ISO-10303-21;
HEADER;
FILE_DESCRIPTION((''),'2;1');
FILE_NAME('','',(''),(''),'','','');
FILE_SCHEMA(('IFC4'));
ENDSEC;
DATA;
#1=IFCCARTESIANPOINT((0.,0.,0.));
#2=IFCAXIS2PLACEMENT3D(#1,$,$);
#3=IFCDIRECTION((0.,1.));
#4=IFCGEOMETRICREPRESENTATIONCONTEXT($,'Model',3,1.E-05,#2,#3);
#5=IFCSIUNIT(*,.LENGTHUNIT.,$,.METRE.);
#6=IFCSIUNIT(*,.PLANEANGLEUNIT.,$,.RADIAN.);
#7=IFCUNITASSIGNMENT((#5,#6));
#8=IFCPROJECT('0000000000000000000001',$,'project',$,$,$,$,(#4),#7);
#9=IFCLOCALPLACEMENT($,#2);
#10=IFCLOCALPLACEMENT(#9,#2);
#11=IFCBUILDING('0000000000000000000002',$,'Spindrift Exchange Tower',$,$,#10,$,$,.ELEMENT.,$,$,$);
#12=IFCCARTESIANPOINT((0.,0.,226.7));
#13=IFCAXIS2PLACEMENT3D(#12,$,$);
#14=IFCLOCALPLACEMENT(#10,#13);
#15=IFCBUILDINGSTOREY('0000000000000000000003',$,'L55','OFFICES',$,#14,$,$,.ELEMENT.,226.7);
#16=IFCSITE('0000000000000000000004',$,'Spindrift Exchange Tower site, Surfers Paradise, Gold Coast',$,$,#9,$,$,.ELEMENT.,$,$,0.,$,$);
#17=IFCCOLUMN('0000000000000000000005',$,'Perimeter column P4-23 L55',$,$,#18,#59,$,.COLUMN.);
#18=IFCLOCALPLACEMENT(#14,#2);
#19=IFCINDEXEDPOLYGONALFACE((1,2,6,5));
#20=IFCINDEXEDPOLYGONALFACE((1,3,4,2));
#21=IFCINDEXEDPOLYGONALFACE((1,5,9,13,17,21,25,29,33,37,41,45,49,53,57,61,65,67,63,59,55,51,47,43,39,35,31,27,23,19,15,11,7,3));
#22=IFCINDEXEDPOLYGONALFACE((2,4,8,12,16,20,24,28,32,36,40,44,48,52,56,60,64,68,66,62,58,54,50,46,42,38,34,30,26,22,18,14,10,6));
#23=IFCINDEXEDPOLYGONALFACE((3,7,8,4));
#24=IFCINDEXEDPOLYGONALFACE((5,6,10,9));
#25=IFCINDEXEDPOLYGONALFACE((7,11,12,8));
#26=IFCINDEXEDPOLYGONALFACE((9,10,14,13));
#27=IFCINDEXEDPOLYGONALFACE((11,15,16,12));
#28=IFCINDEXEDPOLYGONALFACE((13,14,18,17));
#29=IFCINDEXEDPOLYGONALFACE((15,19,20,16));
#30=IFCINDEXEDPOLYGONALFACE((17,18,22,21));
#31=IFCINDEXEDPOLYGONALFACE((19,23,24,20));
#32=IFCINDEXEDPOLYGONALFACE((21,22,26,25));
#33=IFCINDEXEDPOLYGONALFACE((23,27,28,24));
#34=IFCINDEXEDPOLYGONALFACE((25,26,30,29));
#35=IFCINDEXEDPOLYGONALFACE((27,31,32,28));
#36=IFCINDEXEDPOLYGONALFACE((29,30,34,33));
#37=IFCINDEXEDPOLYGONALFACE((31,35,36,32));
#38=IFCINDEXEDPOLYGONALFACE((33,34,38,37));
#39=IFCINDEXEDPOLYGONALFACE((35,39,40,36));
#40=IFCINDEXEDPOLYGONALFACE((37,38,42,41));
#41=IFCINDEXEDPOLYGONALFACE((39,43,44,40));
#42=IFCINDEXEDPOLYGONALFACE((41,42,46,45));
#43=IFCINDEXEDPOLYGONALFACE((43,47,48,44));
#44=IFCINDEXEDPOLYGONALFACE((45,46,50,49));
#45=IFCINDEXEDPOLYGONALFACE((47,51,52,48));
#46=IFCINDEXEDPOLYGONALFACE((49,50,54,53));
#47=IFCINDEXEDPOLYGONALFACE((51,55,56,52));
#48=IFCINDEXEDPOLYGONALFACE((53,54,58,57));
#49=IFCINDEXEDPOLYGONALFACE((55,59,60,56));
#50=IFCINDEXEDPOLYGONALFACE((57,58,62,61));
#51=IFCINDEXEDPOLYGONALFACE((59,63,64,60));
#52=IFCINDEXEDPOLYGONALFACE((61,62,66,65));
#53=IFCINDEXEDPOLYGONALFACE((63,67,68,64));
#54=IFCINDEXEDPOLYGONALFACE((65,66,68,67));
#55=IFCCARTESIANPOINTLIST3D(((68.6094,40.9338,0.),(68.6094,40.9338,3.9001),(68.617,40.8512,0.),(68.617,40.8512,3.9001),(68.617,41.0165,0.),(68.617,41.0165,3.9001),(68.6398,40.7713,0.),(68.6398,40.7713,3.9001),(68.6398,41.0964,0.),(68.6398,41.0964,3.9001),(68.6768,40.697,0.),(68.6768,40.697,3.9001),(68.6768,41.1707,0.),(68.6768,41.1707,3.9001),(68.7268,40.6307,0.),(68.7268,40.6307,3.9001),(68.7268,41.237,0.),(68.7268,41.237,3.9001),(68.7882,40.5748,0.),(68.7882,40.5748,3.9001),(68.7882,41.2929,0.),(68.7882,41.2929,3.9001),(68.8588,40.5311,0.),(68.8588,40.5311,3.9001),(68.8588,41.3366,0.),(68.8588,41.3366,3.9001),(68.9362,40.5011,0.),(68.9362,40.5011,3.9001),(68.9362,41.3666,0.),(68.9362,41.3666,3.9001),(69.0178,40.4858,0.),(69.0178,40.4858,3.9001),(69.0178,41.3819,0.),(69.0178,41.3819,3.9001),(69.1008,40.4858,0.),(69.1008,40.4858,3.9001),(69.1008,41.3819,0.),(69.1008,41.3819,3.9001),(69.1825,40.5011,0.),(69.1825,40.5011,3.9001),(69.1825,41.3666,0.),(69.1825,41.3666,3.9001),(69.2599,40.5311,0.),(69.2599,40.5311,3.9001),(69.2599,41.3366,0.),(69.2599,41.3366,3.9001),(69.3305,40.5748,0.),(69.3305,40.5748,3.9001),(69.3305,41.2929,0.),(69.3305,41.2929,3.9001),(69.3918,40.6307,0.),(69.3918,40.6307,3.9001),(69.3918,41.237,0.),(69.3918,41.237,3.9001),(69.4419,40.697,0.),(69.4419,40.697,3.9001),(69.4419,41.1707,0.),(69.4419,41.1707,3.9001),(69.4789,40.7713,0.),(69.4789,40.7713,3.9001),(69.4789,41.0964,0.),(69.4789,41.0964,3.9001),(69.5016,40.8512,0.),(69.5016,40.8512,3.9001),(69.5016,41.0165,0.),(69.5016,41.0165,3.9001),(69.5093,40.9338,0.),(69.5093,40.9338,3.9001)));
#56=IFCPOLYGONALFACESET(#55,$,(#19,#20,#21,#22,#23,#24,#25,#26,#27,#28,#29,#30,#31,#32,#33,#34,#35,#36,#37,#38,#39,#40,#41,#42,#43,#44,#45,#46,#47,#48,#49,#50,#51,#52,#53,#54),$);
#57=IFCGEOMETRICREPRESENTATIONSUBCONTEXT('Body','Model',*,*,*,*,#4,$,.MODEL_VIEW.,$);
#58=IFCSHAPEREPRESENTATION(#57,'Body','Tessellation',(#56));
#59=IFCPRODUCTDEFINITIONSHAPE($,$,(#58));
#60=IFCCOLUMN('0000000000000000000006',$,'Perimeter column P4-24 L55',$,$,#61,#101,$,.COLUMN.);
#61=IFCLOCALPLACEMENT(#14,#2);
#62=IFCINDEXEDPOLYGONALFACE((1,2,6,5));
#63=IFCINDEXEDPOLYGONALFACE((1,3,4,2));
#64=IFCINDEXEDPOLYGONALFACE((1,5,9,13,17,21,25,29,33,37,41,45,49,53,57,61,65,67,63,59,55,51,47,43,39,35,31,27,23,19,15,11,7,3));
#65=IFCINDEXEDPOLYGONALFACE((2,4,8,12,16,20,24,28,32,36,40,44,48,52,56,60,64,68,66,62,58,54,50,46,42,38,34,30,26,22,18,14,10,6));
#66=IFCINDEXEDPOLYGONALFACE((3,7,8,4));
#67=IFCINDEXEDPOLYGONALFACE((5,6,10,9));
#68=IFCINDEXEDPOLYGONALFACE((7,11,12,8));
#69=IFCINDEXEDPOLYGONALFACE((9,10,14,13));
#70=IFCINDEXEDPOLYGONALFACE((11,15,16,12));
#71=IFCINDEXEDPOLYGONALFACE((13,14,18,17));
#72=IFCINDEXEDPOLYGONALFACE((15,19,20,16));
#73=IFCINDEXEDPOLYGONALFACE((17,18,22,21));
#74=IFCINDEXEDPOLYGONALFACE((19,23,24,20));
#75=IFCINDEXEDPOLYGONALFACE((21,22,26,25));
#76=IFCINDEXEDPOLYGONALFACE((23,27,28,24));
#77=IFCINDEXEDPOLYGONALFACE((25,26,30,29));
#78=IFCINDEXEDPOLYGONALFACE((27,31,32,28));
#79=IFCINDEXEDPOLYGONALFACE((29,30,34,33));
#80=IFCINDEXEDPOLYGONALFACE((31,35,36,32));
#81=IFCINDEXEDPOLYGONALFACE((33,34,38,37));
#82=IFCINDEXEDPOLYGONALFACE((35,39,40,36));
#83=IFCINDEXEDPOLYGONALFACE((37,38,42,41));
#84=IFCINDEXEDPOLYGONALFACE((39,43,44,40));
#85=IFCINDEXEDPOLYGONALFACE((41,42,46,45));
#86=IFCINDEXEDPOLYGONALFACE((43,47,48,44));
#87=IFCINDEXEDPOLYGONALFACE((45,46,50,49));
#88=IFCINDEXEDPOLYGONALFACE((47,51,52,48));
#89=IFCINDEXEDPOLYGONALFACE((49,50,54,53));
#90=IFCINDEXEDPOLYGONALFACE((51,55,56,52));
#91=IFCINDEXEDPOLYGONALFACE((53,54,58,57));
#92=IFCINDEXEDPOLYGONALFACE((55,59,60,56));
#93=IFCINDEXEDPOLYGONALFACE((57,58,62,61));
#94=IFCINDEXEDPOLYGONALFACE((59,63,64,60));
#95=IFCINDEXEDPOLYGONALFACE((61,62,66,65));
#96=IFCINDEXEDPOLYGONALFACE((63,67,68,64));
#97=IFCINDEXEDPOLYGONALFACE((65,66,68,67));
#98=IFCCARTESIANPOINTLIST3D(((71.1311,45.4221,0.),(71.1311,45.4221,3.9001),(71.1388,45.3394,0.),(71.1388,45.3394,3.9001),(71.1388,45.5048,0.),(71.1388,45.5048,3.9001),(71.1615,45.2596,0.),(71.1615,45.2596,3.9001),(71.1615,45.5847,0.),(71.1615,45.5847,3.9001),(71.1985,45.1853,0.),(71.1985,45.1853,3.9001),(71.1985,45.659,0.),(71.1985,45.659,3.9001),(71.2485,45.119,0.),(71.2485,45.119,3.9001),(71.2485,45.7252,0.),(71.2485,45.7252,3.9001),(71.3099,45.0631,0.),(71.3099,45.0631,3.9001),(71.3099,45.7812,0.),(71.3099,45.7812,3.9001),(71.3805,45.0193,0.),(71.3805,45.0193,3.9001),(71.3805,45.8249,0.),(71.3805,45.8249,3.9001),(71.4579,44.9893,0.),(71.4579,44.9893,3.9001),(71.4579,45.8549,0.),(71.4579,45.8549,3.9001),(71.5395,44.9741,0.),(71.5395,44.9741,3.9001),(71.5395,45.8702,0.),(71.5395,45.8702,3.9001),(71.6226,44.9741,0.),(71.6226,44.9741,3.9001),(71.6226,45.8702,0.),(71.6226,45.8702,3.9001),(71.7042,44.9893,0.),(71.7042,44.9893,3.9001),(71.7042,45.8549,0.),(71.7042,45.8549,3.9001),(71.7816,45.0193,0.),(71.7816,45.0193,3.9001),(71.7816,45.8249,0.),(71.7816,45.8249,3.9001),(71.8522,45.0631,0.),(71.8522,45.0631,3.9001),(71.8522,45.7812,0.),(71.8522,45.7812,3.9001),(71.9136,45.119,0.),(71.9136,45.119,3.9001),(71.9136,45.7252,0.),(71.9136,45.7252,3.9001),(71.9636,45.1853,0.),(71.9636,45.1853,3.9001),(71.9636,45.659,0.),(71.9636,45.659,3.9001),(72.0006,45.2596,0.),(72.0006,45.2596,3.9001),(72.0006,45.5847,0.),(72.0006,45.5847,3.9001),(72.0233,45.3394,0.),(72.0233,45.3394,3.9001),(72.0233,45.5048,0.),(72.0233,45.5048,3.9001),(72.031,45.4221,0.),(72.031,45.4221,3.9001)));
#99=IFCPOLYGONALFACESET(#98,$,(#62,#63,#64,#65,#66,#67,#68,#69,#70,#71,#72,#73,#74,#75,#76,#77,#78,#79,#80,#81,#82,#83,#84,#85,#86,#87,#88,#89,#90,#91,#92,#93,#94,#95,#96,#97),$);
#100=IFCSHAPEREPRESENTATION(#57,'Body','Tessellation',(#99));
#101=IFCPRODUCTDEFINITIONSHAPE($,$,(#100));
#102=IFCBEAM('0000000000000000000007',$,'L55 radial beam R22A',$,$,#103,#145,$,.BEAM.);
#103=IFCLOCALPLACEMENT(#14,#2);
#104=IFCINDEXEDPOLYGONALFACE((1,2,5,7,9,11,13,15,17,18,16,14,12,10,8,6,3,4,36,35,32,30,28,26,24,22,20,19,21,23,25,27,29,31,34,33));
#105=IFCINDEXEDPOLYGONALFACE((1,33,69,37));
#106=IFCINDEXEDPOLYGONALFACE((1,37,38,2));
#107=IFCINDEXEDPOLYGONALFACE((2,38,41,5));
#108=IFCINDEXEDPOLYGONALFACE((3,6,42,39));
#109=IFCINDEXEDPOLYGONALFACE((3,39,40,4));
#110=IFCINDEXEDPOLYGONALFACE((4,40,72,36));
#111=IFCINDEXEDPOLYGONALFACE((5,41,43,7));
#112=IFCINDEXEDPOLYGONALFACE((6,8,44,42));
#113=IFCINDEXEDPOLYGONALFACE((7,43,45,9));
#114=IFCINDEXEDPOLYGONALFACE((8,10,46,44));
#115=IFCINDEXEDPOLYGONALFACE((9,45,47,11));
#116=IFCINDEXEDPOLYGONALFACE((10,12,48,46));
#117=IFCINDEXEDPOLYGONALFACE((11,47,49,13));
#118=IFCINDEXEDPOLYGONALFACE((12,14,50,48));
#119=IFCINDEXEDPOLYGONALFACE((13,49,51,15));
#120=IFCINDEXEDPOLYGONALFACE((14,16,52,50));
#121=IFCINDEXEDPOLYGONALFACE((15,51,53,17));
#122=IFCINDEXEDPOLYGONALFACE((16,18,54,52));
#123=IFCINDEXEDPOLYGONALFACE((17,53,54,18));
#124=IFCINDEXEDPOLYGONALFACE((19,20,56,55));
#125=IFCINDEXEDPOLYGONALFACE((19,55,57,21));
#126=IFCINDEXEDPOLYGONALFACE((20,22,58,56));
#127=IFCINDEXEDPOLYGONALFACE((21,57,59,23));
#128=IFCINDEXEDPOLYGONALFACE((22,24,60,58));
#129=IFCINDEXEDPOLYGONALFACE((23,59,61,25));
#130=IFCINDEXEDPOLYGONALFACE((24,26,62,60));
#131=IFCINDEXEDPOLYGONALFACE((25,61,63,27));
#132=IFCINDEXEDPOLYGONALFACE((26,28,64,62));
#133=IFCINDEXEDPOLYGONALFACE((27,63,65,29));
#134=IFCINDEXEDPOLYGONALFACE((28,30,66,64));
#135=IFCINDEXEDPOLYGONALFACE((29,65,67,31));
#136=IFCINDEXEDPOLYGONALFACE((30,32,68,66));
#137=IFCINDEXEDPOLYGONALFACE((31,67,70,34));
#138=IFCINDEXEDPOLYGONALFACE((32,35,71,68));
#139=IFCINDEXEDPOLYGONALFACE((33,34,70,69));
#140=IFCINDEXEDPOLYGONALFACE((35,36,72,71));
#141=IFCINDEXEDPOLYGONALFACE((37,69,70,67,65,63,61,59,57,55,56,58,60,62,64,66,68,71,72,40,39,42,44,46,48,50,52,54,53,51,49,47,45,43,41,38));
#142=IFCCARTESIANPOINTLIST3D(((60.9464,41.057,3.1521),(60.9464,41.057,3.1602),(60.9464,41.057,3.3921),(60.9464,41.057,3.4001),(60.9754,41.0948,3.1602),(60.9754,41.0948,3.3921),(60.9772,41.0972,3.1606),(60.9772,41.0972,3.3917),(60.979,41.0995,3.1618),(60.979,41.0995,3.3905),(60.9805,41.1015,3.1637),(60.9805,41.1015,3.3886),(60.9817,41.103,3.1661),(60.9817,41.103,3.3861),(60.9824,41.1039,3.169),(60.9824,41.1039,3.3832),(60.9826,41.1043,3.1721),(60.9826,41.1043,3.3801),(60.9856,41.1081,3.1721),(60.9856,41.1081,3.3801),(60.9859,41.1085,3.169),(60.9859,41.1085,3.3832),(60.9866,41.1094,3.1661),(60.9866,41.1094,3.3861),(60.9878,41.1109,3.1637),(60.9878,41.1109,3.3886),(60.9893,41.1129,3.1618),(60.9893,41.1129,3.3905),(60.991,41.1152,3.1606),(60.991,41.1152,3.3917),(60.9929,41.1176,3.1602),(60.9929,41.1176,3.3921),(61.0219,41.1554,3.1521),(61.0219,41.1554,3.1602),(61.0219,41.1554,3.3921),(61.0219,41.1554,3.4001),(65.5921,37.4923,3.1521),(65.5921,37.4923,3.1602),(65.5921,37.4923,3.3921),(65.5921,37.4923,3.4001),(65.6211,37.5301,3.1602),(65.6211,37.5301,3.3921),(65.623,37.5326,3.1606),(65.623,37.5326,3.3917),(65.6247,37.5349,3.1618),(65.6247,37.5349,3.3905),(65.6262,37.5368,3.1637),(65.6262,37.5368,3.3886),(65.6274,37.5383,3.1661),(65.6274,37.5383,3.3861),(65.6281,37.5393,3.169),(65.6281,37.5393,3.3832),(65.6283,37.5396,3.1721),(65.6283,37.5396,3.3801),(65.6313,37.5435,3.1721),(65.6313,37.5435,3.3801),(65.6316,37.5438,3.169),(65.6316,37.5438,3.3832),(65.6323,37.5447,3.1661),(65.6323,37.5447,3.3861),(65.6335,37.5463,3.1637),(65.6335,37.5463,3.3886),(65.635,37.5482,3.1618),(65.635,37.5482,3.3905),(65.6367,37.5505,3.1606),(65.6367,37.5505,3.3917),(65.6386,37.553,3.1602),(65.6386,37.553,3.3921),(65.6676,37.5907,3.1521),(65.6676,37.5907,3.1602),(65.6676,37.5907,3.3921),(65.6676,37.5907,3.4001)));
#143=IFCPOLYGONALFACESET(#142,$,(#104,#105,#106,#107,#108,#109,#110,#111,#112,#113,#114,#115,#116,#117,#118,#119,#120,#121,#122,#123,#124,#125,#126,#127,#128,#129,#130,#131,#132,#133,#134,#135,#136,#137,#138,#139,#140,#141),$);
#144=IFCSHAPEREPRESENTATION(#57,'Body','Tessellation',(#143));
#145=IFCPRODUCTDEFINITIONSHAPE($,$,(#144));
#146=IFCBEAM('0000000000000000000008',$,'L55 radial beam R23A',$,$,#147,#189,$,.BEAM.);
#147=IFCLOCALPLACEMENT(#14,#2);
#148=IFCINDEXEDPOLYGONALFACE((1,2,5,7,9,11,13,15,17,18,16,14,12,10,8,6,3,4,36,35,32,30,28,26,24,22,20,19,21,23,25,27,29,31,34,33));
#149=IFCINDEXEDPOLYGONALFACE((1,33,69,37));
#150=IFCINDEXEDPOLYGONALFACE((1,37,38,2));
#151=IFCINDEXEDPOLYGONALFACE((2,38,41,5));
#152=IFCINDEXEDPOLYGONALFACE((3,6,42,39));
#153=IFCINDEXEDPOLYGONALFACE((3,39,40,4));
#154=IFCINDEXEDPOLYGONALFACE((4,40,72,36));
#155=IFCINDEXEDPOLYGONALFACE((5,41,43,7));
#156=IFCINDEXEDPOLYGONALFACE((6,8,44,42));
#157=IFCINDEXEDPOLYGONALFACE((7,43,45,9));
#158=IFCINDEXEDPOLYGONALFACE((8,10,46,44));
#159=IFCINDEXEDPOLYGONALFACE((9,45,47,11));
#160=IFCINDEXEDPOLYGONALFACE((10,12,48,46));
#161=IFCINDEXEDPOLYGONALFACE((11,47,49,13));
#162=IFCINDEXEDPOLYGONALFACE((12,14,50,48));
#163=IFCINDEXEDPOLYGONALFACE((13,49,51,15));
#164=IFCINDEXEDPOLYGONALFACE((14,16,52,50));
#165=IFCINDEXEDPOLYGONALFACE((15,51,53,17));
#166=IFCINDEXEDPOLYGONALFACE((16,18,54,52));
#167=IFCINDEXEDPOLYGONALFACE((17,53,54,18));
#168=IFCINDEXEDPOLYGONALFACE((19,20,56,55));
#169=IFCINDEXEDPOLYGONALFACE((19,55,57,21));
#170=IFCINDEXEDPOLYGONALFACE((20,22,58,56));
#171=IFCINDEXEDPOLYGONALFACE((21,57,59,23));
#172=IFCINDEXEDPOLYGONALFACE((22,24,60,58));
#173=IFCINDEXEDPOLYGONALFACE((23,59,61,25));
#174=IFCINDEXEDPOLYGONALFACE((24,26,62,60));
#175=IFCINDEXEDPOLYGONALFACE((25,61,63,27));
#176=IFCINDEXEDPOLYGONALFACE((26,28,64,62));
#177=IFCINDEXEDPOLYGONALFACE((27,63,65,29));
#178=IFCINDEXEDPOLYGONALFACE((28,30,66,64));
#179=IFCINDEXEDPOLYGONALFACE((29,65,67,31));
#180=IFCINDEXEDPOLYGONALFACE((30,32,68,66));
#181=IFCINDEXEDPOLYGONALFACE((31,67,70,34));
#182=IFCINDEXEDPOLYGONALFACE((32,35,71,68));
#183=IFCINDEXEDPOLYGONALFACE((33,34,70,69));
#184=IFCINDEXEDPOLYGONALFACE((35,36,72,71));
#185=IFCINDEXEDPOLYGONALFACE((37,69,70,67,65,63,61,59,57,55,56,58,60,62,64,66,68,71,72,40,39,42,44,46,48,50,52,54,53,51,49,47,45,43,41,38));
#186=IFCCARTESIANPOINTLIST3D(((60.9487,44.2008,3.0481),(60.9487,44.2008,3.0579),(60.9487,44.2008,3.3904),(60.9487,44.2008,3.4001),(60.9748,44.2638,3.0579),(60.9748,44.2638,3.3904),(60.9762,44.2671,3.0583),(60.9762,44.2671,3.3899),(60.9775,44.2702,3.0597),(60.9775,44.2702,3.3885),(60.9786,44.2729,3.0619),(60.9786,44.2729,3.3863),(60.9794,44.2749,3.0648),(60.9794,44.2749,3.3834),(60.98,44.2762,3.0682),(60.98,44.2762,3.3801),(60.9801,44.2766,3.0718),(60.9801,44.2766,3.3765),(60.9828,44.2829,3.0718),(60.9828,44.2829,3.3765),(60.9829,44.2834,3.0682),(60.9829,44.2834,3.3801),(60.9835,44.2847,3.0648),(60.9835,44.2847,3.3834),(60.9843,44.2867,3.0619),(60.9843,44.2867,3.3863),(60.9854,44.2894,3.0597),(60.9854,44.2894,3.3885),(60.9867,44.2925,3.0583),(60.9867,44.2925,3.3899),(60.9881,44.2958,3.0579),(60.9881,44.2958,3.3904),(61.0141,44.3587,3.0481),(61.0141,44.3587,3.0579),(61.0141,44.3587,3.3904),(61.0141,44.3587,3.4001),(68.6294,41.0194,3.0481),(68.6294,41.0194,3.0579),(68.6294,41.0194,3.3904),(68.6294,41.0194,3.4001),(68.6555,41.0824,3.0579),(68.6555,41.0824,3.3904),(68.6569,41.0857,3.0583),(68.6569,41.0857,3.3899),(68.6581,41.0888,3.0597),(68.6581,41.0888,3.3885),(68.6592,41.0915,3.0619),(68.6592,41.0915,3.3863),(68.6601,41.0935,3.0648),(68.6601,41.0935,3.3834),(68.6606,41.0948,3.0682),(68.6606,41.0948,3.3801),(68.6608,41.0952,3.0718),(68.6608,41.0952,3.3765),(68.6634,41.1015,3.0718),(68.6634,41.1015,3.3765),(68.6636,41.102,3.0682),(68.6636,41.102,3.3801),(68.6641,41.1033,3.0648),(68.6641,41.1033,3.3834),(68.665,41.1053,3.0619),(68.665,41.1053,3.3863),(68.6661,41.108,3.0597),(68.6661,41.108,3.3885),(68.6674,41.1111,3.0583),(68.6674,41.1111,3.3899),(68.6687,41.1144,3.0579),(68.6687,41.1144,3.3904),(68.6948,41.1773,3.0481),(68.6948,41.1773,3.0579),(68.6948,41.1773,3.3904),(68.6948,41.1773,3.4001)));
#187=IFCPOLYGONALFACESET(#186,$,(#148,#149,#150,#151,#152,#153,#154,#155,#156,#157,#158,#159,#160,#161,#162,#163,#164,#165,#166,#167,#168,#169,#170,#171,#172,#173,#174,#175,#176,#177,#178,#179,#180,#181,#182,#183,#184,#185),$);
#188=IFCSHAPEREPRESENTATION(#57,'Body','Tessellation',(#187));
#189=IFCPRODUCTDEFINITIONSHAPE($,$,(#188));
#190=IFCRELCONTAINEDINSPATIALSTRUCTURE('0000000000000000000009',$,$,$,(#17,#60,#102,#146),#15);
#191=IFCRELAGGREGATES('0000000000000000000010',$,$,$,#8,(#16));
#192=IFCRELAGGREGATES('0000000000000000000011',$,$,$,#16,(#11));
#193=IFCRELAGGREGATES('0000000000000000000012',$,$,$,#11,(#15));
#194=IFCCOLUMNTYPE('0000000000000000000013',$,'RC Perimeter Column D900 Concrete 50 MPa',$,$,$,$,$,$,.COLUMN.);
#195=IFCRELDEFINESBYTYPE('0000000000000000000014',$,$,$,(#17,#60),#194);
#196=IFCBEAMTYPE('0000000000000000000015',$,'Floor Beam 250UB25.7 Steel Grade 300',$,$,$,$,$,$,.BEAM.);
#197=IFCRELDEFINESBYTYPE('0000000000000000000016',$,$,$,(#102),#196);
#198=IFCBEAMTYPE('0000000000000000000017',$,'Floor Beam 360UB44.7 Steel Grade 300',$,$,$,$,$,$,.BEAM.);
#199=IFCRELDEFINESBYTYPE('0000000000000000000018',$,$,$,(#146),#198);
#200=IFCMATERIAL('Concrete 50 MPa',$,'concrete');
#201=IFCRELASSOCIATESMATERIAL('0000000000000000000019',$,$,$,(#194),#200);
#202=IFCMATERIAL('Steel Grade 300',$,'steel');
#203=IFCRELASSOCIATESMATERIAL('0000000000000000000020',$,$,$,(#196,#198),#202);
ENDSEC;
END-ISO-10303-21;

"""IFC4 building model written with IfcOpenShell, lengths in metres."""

from ifc_helpers import new_model, si_unit, direction, frame, origin, origin_2d, place, context, subcontext, project, spatial, circle, i_section, extrude, source, transform, mapped, material, material_profile, profile_set, type_object, element, save


model = new_model("IFC4")

# Units and contexts
model_context = context("Model", 3, precision=1e-05, world=origin(), true_north=direction((0.0, 1.0)))
body_context = subcontext(model_context, "Body", "Model", "MODEL_VIEW")
ifc_project = project(units=[si_unit("LENGTHUNIT", "METRE"), si_unit("PLANEANGLEUNIT", "RADIAN")], contexts=[model_context])

# Site, building, storey
site_placement = place(None, origin())
site = spatial("IfcSite", under=ifc_project, at=site_placement, Name="Spindrift Exchange Tower site, Surfers Paradise, Gold Coast", CompositionType="ELEMENT", RefElevation=0.0)
building_placement = place(site_placement, origin())
building = spatial("IfcBuilding", under=site, at=building_placement, Name="Spindrift Exchange Tower", CompositionType="ELEMENT")
storey_placement = place(building_placement, frame((0.0, 0.0, 226.7)))
storey = spatial("IfcBuildingStorey", under=building, at=storey_placement, Name="L55", Description="OFFICES", CompositionType="ELEMENT", Elevation=226.7)

# Columns
ifc_material_1 = material(Name="Concrete 50 MPa", Category="concrete")
ifc_material_profile_1 = material_profile(ifc_material_1, circle(Radius=0.45, at=origin_2d()), Name="RC D900")
ifc_profile_set_1 = profile_set([ifc_material_profile_1], Name="Concrete 50 MPa")
column_type = type_object("IfcColumnType", Name="RC Perimeter Column D900 Concrete 50 MPa", PredefinedType="COLUMN", material=ifc_profile_set_1)
shared_shape_1 = source(origin(), body_context, "Body", "SweptSolid", [
    extrude(circle(Radius=0.45, at=origin_2d()), origin(), (0.0, 0.0, 1.0), 3.9001),
])
for number, where, z_axis, x_axis, name in (
    (1, (69.0593, 40.9338, 0.0), (0.0, 0.0, 1.0), (1.0, 0.0, 0.0), "Perimeter column P4-23 L55"),
    (2, (71.5811, 45.4221, 0.0), (0.0, 0.0, 1.0), (1.0, 0.0, 0.0), "Perimeter column P4-24 L55"),
):
    element("IfcColumn", number, at=place(storey_placement, frame(where, z_axis=z_axis, x_axis=x_axis)), inside=storey, type_object=column_type, Name=name, PredefinedType="COLUMN", context=body_context, shape_type="MappedRepresentation", body=[
        mapped(shared_shape_1, transform((0.0, 0.0, 0.0), scale=1.0)),
    ])

# Beams
ifc_material_2 = material(Name="Steel Grade 300", Category="steel")
ifc_material_profile_2 = material_profile(ifc_material_2, i_section(OverallWidth=0.124, OverallDepth=0.248, WebThickness=0.0049, FlangeThickness=0.0081, FilletRadius=0.012, at=origin_2d()), Name="250UB25.7")
ifc_profile_set_2 = profile_set([ifc_material_profile_2], Name="Steel Grade 300")
beam_type_1 = type_object("IfcBeamType", Name="Floor Beam 250UB25.7 Steel Grade 300", PredefinedType="BEAM", material=ifc_profile_set_2)
shared_shape_2 = source(origin(), body_context, "Body", "SweptSolid", [
    extrude(i_section(OverallWidth=0.124, OverallDepth=0.248, WebThickness=0.0049, FlangeThickness=0.0081, FilletRadius=0.012, at=origin_2d()), origin(), (0.0, 0.0, 1.0), 5.8557),
])
beam_1_placement = place(storey_placement, frame((60.9841, 41.1062, 3.2761), z_axis=(0.793363, -0.608749, 0.0), x_axis=(0.608749, 0.793363, 0.0)))
element("IfcBeam", 3, at=beam_1_placement, inside=storey, type_object=beam_type_1, Name="L55 radial beam R22A", PredefinedType="BEAM", context=body_context, shape_type="MappedRepresentation", body=[
    mapped(shared_shape_2, transform((0.0, 0.0, 0.0), scale=1.0)),
])
ifc_material_profile_3 = material_profile(ifc_material_2, i_section(OverallWidth=0.1709, OverallDepth=0.3521, WebThickness=0.0068, FlangeThickness=0.0098, FilletRadius=0.0139, at=origin_2d()), Name="360UB44.7")
ifc_profile_set_3 = profile_set([ifc_material_profile_3], Name="Steel Grade 300")
beam_type_2 = type_object("IfcBeamType", Name="Floor Beam 360UB44.7 Steel Grade 300", PredefinedType="BEAM", material=ifc_profile_set_3)
shared_shape_3 = source(origin(), body_context, "Body", "SweptSolid", [
    extrude(i_section(OverallWidth=0.1709, OverallDepth=0.3521, WebThickness=0.0068, FlangeThickness=0.0098, FilletRadius=0.0139, at=origin_2d()), origin(), (0.0, 0.0, 1.0), 8.3135),
])
beam_2_placement = place(storey_placement, frame((60.9814, 44.2798, 3.2241), z_axis=(0.923881, -0.382679, 0.0), x_axis=(0.382679, 0.923881, 0.0)))
element("IfcBeam", 4, at=beam_2_placement, inside=storey, type_object=beam_type_2, Name="L55 radial beam R23A", PredefinedType="BEAM", context=body_context, shape_type="MappedRepresentation", body=[
    mapped(shared_shape_3, transform((0.0, 0.0, 0.0), scale=1.0)),
])

save(model, "model.ifc")
